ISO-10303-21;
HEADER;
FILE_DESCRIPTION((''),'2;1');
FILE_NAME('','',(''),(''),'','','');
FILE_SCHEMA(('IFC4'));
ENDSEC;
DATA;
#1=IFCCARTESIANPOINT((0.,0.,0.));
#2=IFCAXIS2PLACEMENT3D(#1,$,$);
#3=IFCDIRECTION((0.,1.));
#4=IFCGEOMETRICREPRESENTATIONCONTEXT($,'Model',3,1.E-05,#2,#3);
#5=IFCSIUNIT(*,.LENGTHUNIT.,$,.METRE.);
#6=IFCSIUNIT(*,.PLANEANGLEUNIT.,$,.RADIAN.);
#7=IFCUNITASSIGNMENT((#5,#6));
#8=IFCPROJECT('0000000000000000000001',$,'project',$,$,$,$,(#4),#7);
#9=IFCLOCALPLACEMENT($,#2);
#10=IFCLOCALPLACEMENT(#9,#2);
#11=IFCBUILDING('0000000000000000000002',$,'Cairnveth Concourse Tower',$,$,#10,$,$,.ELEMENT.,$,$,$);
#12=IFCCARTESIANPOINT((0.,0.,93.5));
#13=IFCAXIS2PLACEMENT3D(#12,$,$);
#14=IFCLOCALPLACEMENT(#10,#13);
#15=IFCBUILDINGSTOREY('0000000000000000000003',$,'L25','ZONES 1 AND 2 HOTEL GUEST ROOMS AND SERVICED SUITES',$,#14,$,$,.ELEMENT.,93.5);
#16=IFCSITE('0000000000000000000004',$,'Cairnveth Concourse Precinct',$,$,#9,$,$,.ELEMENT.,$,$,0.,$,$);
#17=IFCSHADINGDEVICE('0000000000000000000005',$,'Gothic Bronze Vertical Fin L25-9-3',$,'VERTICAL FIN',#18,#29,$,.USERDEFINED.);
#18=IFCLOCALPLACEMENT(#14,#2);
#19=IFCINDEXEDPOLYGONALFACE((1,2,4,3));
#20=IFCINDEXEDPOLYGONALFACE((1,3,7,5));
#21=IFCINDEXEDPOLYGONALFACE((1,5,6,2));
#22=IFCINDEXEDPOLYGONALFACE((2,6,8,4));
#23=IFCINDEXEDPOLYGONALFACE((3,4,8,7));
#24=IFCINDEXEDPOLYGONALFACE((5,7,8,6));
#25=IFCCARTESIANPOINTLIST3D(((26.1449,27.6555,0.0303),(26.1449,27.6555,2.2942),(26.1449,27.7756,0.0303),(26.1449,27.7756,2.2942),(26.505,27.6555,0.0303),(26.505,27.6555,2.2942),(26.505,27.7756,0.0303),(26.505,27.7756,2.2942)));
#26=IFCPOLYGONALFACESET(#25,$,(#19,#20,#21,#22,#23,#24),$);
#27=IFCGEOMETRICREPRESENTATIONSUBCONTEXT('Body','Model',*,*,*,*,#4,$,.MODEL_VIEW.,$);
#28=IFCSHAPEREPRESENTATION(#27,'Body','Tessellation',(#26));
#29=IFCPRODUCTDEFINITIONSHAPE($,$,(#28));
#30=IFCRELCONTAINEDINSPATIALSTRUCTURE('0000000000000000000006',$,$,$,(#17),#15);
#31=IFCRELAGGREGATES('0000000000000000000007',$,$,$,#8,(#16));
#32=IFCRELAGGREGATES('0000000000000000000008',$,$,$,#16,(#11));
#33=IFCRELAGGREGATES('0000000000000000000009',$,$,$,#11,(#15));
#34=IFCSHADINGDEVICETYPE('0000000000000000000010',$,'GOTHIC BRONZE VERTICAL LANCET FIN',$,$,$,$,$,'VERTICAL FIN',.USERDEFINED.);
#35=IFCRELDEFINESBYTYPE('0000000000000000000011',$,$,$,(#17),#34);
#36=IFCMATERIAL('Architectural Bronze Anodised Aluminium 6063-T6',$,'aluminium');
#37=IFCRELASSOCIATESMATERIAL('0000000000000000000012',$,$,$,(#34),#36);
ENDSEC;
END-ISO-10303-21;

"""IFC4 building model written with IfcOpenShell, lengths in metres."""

from ifc_helpers import new_model, si_unit, direction, frame, origin, origin_2d, place, context, subcontext, project, spatial, rectangle, extrude, material, type_object, element, save


model = new_model("IFC4")

# Units and contexts
model_context = context("Model", 3, precision=1e-05, world=origin(), true_north=direction((0.0, 1.0)))
body_context = subcontext(model_context, "Body", "Model", "MODEL_VIEW")
ifc_project = project(units=[si_unit("LENGTHUNIT", "METRE"), si_unit("PLANEANGLEUNIT", "RADIAN")], contexts=[model_context])

# Site, building, storey
site_placement = place(None, origin())
site = spatial("IfcSite", under=ifc_project, at=site_placement, Name="Cairnveth Concourse Precinct", CompositionType="ELEMENT", RefElevation=0.0)
building_placement = place(site_placement, origin())
building = spatial("IfcBuilding", under=site, at=building_placement, Name="Cairnveth Concourse Tower", CompositionType="ELEMENT")
storey_placement = place(building_placement, frame((0.0, 0.0, 93.5)))
storey = spatial("IfcBuildingStorey", under=building, at=storey_placement, Name="L25", Description="ZONES 1 AND 2 HOTEL GUEST ROOMS AND SERVICED SUITES", CompositionType="ELEMENT", Elevation=93.5)

# Shading device
ifc_material_1 = material(Name="Architectural Bronze Anodised Aluminium 6063-T6", Category="aluminium")
shading_device_type = type_object("IfcShadingDeviceType", Name="GOTHIC BRONZE VERTICAL LANCET FIN", ElementType="VERTICAL FIN", PredefinedType="USERDEFINED", material=ifc_material_1)
shading_device_placement = place(storey_placement, frame((26.325, 27.7156, 0.0303), z_axis=(0.0, 0.0, 1.0), x_axis=(0.0, 1.0, 0.0)))
element("IfcShadingDevice", 1, at=shading_device_placement, inside=storey, type_object=shading_device_type, Name="Gothic Bronze Vertical Fin L25-9-3", ObjectType="VERTICAL FIN", PredefinedType="USERDEFINED", context=body_context, shape_type="SweptSolid", body=[
    extrude(rectangle(XDim=0.1201, YDim=0.3601, at=origin_2d()), origin(), (0.0, 0.0, 1.0), 2.2639),
])

save(model, "model.ifc")
